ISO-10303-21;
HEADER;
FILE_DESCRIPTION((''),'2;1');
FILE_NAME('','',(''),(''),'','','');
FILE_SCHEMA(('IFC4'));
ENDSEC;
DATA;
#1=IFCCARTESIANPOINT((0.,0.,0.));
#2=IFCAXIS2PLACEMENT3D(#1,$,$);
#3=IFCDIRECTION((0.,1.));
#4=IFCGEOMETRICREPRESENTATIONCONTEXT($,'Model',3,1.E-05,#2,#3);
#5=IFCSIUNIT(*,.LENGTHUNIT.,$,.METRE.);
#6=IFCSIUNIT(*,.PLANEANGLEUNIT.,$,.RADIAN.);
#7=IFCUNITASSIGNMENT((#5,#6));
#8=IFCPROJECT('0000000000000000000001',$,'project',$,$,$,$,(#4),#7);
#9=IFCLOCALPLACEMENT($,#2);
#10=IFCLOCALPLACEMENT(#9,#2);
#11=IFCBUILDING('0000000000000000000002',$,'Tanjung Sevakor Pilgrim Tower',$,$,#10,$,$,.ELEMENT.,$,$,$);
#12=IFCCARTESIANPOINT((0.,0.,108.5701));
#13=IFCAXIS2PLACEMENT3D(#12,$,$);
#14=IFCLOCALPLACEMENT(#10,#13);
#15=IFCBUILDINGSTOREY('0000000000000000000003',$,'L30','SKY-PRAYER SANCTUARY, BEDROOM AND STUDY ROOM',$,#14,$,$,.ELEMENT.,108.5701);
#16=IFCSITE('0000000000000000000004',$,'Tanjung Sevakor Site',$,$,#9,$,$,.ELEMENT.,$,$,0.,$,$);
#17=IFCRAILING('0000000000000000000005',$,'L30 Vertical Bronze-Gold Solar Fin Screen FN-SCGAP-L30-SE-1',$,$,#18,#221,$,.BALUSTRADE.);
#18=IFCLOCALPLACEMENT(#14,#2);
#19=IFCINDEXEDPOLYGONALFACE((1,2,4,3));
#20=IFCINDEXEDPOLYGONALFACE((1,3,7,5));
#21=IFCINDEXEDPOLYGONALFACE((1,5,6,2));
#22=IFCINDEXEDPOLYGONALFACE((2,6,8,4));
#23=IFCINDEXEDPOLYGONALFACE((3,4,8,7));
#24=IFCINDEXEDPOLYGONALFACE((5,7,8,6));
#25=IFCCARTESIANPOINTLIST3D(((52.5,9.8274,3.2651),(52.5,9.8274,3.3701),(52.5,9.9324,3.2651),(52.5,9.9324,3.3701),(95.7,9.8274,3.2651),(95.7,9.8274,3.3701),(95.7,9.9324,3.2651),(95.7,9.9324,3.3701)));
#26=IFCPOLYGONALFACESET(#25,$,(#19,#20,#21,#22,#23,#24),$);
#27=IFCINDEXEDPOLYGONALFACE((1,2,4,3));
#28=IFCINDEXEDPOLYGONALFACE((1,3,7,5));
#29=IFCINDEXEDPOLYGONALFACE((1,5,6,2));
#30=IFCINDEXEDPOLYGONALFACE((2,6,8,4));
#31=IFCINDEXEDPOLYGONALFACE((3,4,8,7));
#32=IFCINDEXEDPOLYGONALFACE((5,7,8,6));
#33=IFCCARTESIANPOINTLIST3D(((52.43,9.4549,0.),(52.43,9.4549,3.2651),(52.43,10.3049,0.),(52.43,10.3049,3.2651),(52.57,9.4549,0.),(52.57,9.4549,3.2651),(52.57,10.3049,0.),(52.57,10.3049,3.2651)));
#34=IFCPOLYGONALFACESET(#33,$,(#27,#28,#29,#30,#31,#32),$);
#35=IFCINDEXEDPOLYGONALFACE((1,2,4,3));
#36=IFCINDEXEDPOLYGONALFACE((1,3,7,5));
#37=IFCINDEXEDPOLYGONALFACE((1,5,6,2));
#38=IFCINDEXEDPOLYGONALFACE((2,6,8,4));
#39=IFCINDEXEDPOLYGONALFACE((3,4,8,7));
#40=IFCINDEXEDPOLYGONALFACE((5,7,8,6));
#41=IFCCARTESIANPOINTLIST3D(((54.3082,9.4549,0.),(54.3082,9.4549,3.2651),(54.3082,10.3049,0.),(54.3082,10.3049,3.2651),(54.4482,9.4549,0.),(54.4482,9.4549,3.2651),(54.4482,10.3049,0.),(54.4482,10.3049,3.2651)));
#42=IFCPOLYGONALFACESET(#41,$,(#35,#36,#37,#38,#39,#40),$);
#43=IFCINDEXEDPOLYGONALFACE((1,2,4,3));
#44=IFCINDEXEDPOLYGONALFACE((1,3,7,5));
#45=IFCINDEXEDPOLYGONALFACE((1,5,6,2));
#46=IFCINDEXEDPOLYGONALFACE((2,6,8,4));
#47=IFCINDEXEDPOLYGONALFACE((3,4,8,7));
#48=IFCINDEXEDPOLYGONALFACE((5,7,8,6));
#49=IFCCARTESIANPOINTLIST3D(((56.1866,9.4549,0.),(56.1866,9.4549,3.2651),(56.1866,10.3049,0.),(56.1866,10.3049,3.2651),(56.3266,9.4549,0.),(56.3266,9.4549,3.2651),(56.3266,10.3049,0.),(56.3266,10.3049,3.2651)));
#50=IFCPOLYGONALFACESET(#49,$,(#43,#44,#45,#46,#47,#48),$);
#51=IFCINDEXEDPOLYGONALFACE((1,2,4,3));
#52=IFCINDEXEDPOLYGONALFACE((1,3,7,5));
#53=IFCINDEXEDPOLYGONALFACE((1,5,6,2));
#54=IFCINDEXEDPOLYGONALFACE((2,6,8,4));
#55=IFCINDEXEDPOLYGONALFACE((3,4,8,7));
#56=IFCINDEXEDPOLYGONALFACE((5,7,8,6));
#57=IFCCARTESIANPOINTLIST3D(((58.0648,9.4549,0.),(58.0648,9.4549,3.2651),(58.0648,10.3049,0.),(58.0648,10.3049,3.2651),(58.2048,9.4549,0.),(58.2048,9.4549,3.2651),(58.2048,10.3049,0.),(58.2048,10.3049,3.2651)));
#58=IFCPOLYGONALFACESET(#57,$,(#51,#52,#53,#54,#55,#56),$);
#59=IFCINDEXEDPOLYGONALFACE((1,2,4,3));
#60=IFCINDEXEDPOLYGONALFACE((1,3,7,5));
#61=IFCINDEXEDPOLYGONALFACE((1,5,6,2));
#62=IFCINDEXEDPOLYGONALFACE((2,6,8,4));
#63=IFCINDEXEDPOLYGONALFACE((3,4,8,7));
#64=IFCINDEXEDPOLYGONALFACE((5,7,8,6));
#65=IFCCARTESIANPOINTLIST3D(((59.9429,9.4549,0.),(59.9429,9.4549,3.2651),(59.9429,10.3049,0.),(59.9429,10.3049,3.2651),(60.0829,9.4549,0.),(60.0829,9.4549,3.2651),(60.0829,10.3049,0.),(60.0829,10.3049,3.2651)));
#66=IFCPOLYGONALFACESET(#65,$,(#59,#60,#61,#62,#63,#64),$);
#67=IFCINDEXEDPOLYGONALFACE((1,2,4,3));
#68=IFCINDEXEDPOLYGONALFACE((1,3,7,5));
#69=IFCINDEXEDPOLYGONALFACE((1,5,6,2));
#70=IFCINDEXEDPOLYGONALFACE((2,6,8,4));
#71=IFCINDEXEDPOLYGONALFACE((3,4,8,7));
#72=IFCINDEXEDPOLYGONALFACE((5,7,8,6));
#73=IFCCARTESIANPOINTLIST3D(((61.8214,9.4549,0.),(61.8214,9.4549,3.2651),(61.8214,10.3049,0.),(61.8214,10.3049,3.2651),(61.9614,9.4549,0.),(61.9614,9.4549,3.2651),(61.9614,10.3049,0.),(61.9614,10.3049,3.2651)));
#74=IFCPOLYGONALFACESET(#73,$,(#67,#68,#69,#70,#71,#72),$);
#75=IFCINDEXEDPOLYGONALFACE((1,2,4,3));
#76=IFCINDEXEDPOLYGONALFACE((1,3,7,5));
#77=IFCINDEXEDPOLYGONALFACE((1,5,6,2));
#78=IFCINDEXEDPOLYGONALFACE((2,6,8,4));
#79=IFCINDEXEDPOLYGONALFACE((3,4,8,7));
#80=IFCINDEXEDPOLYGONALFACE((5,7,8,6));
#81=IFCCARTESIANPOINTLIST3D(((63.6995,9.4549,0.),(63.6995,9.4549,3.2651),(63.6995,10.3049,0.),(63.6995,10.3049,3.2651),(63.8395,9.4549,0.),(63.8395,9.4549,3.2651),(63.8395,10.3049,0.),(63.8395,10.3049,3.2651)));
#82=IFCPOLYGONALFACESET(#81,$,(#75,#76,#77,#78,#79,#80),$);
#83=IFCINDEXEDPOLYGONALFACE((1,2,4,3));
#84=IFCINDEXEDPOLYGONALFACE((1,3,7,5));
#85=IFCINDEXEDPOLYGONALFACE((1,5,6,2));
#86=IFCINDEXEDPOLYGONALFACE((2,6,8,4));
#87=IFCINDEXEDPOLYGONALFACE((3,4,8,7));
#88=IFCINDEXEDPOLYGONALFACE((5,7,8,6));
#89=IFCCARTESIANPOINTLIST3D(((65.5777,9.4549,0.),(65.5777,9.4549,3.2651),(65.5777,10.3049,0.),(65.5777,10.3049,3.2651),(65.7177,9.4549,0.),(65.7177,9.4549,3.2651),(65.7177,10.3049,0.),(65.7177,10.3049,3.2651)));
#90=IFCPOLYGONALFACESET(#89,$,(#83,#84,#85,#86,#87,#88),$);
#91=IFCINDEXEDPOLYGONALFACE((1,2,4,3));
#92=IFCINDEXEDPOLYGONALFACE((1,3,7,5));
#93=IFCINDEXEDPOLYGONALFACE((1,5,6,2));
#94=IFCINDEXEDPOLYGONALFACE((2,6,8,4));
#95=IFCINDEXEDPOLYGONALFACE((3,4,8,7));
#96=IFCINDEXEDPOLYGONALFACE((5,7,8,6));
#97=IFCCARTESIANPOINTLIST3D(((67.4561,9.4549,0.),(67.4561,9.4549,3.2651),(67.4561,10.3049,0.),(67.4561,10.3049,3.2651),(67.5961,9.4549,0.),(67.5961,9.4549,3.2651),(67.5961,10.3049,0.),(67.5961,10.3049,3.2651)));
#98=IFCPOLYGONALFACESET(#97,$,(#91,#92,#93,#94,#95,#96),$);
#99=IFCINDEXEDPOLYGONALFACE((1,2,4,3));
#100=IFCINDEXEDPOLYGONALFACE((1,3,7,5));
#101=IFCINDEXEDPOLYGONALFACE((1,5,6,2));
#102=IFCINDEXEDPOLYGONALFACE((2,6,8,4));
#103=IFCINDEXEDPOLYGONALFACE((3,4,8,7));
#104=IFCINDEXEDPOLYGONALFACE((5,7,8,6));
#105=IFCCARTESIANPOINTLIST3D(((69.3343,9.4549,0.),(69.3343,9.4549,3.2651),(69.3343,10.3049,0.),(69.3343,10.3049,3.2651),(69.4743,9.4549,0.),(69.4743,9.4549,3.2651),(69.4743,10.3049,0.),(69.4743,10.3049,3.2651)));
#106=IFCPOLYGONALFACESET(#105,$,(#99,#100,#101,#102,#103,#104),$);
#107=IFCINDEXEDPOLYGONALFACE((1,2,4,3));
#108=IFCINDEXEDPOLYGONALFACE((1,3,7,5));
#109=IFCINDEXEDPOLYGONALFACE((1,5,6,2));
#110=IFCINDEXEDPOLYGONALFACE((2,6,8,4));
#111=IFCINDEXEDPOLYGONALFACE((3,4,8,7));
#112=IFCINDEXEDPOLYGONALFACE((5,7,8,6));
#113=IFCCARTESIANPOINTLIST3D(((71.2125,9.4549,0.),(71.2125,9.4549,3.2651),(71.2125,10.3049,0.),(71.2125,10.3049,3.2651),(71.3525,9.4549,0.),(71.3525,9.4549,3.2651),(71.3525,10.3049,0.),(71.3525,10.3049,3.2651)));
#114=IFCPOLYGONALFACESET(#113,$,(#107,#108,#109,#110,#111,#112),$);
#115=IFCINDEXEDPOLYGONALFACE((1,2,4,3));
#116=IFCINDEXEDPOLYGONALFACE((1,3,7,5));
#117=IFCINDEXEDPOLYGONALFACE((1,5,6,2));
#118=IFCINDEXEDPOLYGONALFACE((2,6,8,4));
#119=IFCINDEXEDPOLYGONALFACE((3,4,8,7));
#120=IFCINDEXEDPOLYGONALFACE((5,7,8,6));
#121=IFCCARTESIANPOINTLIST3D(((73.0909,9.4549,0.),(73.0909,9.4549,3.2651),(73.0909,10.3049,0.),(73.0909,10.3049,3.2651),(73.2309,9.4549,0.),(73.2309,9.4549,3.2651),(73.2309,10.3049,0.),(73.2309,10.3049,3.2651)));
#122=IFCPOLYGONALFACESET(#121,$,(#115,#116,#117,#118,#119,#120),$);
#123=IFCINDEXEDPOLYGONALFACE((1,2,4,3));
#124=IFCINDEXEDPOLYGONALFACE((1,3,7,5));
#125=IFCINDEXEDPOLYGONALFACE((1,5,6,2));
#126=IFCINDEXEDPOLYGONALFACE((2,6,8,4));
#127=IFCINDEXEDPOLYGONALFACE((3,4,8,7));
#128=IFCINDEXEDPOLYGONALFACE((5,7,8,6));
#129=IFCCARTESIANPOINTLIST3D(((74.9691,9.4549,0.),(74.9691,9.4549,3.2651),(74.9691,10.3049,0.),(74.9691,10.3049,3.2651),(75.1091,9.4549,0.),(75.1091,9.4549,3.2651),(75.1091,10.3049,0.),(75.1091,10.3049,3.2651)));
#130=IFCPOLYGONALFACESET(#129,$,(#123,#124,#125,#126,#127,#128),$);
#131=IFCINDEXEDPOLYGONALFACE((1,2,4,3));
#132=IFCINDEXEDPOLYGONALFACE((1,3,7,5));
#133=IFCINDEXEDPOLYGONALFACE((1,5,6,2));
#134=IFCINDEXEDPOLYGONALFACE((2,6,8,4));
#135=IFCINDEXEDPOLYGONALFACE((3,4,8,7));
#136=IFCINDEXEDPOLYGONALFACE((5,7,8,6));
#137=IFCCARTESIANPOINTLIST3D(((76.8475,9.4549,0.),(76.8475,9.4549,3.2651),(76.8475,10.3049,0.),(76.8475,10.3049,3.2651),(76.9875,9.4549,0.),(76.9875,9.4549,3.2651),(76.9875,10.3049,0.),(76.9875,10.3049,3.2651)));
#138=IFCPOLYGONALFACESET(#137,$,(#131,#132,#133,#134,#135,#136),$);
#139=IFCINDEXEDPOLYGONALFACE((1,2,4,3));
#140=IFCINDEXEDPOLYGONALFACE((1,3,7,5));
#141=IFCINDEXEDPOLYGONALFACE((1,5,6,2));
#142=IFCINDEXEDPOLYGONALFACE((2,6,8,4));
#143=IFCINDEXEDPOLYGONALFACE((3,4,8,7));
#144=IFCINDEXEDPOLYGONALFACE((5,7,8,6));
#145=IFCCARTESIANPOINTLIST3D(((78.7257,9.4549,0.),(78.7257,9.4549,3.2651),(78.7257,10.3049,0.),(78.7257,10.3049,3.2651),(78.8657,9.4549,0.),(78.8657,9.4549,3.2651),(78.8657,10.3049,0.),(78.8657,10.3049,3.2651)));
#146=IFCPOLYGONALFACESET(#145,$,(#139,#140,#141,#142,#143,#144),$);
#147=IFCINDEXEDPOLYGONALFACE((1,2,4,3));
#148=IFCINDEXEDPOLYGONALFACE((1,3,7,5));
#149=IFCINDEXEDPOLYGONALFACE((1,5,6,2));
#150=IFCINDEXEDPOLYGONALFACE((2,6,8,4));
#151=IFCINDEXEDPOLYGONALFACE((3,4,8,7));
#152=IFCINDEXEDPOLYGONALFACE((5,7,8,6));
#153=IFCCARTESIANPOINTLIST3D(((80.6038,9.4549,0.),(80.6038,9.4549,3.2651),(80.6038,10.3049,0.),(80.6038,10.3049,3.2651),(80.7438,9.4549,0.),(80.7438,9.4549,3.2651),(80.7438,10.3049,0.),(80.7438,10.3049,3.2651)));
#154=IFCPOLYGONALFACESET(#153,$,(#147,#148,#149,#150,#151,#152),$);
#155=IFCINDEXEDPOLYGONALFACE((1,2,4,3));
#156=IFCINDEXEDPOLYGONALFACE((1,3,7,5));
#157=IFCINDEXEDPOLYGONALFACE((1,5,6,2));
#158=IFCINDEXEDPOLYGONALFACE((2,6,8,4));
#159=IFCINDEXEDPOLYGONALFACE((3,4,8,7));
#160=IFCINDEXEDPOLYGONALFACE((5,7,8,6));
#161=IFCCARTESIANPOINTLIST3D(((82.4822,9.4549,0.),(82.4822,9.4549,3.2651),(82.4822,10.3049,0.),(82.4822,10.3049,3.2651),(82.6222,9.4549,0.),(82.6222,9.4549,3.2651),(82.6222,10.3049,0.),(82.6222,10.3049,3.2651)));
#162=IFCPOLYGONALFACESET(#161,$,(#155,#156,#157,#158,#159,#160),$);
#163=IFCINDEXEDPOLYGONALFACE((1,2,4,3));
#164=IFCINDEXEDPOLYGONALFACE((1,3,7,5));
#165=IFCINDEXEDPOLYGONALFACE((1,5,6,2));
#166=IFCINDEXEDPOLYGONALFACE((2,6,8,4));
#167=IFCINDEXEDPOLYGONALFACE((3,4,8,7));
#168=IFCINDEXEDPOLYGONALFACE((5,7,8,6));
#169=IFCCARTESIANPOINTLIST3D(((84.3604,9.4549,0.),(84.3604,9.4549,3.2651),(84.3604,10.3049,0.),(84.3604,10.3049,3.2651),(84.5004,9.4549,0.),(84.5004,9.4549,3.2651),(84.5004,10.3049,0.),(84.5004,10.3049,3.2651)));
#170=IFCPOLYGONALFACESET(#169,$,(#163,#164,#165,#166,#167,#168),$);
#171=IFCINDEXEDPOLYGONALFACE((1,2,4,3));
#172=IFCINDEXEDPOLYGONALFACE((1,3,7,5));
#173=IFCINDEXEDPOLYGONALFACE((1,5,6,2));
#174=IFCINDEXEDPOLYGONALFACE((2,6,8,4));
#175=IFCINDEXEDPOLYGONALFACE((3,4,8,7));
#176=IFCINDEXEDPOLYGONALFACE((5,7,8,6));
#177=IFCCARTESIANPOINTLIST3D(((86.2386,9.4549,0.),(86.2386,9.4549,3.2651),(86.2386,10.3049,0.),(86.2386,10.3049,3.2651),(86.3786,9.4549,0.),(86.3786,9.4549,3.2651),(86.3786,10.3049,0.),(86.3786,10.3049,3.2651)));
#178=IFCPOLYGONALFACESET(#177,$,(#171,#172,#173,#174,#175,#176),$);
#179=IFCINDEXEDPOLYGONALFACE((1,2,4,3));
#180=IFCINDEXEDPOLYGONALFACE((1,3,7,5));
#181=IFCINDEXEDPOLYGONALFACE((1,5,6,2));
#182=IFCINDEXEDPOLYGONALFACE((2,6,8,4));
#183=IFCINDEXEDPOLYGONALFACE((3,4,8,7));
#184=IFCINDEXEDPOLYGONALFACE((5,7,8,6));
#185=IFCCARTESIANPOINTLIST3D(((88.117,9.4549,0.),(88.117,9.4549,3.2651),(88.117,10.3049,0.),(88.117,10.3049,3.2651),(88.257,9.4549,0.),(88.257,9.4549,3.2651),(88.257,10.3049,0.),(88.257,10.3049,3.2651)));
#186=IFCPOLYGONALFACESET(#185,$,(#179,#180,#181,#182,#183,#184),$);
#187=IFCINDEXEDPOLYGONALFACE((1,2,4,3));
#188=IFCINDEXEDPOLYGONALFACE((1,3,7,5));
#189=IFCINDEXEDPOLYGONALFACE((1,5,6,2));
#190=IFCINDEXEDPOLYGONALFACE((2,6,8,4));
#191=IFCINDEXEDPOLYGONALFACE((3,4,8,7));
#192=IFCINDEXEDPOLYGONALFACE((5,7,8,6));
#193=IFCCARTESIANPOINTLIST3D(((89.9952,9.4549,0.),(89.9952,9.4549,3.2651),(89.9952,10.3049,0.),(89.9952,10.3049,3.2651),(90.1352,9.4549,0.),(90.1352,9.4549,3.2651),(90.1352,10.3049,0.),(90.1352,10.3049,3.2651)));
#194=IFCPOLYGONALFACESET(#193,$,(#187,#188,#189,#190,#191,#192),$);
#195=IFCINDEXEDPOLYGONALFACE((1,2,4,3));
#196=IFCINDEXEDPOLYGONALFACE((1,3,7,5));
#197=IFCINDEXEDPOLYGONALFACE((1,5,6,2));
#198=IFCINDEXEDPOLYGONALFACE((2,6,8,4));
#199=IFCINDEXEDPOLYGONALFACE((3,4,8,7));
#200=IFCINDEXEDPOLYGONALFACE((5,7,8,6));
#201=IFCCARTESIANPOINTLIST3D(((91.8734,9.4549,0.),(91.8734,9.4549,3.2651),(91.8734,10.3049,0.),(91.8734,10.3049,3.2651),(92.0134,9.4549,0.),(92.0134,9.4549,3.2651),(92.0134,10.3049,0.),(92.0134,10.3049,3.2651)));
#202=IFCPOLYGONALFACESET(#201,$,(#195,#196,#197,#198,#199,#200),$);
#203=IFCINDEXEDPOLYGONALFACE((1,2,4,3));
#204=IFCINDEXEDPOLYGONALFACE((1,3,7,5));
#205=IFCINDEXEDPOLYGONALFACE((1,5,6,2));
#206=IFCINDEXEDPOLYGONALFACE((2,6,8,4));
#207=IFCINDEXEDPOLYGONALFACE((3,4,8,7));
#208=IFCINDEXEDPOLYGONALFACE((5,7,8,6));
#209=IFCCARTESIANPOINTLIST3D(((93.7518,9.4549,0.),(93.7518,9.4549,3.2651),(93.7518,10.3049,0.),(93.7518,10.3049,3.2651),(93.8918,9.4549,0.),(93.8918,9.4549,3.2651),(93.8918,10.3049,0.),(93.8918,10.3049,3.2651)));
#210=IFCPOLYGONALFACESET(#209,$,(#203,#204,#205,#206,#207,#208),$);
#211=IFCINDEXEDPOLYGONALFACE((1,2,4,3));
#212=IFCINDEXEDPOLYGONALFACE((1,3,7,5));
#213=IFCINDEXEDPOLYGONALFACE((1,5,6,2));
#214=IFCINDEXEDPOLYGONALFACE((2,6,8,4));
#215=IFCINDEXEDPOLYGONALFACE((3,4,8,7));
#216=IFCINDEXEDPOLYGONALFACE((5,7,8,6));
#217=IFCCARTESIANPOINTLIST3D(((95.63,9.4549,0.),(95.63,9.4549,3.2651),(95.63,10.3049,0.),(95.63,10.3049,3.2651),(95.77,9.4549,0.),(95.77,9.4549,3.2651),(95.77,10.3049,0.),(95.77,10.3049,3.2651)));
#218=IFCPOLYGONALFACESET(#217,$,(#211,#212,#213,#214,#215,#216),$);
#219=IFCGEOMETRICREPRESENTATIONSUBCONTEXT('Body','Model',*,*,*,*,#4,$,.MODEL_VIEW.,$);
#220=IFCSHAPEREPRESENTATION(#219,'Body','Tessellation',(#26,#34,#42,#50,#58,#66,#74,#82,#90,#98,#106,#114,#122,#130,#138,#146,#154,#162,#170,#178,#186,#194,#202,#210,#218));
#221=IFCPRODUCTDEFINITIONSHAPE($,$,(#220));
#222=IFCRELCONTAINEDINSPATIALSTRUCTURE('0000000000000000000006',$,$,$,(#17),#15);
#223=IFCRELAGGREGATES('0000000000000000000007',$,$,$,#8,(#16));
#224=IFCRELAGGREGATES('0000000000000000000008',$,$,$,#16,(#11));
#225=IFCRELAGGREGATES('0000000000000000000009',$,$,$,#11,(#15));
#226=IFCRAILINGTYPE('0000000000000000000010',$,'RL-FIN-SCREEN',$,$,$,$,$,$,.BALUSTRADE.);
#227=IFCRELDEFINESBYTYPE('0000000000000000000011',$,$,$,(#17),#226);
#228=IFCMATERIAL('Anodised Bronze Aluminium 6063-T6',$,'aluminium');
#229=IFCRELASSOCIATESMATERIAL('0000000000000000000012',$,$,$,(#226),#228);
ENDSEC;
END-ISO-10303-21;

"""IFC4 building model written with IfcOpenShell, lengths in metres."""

from ifc_helpers import new_model, si_unit, direction, frame, origin, place, context, subcontext, project, spatial, rectangle, extrude, material, type_object, element, save


model = new_model("IFC4")

# Units and contexts
model_context = context("Model", 3, precision=1e-05, world=origin(), true_north=direction((0.0, 1.0)))
body_context = subcontext(model_context, "Body", "Model", "MODEL_VIEW")
ifc_project = project(units=[si_unit("LENGTHUNIT", "METRE"), si_unit("PLANEANGLEUNIT", "RADIAN")], contexts=[model_context])

# Site, building, storey
site_placement = place(None, origin())
site = spatial("IfcSite", under=ifc_project, at=site_placement, Name="Tanjung Sevakor Site", CompositionType="ELEMENT", RefElevation=0.0)
building_placement = place(site_placement, origin())
building = spatial("IfcBuilding", under=site, at=building_placement, Name="Tanjung Sevakor Pilgrim Tower", CompositionType="ELEMENT")
storey_placement = place(building_placement, frame((0.0, 0.0, 108.5701)))
storey = spatial("IfcBuildingStorey", under=building, at=storey_placement, Name="L30", Description="SKY-PRAYER SANCTUARY, BEDROOM AND STUDY ROOM", CompositionType="ELEMENT", Elevation=108.5701)

# Railing
ifc_material_1 = material(Name="Anodised Bronze Aluminium 6063-T6", Category="aluminium")
railing_type_1 = type_object("IfcRailingType", Name="RL-FIN-SCREEN", PredefinedType="BALUSTRADE", material=ifc_material_1)
railing_1_placement = place(storey_placement, frame((52.5, 9.8799, 0.0)))
element("IfcRailing", 1, at=railing_1_placement, inside=storey, type_object=railing_type_1, Name="L30 Vertical Bronze-Gold Solar Fin Screen FN-SCGAP-L30-SE-1", PredefinedType="BALUSTRADE", context=body_context, shape_type="SweptSolid", body=[
    extrude(rectangle(XDim=0.105, YDim=0.105), frame((0.0, 0.0, 3.3176), z_axis=(1.0, 0.0, 0.0), x_axis=(0.0, 1.0, 0.0)), (0.0, 0.0, 1.0), 43.2),
    extrude(rectangle(XDim=0.14, YDim=0.85), origin(), (0.0, 0.0, 1.0), 3.2651),
    extrude(rectangle(XDim=0.14, YDim=0.85), frame((1.8782, 0.0, 0.0)), (0.0, 0.0, 1.0), 3.2651),
    extrude(rectangle(XDim=0.14, YDim=0.85), frame((3.7566, 0.0, 0.0)), (0.0, 0.0, 1.0), 3.2651),
    extrude(rectangle(XDim=0.14, YDim=0.85), frame((5.6348, 0.0, 0.0)), (0.0, 0.0, 1.0), 3.2651),
    extrude(rectangle(XDim=0.14, YDim=0.85), frame((7.5129, 0.0, 0.0)), (0.0, 0.0, 1.0), 3.2651),
    extrude(rectangle(XDim=0.14, YDim=0.85), frame((9.3914, 0.0, 0.0)), (0.0, 0.0, 1.0), 3.2651),
    extrude(rectangle(XDim=0.14, YDim=0.85), frame((11.2695, 0.0, 0.0)), (0.0, 0.0, 1.0), 3.2651),
    extrude(rectangle(XDim=0.14, YDim=0.85), frame((13.1477, 0.0, 0.0)), (0.0, 0.0, 1.0), 3.2651),
    extrude(rectangle(XDim=0.14, YDim=0.85), frame((15.0261, 0.0, 0.0)), (0.0, 0.0, 1.0), 3.2651),
    extrude(rectangle(XDim=0.14, YDim=0.85), frame((16.9043, 0.0, 0.0)), (0.0, 0.0, 1.0), 3.2651),
    extrude(rectangle(XDim=0.14, YDim=0.85), frame((18.7825, 0.0, 0.0)), (0.0, 0.0, 1.0), 3.2651),
    extrude(rectangle(XDim=0.14, YDim=0.85), frame((20.6609, 0.0, 0.0)), (0.0, 0.0, 1.0), 3.2651),
    extrude(rectangle(XDim=0.14, YDim=0.85), frame((22.5391, 0.0, 0.0)), (0.0, 0.0, 1.0), 3.2651),
    extrude(rectangle(XDim=0.14, YDim=0.85), frame((24.4175, 0.0, 0.0)), (0.0, 0.0, 1.0), 3.2651),
    extrude(rectangle(XDim=0.14, YDim=0.85), frame((26.2957, 0.0, 0.0)), (0.0, 0.0, 1.0), 3.2651),
    extrude(rectangle(XDim=0.14, YDim=0.85), frame((28.1738, 0.0, 0.0)), (0.0, 0.0, 1.0), 3.2651),
    extrude(rectangle(XDim=0.14, YDim=0.85), frame((30.0522, 0.0, 0.0)), (0.0, 0.0, 1.0), 3.2651),
    extrude(rectangle(XDim=0.14, YDim=0.85), frame((31.9304, 0.0, 0.0)), (0.0, 0.0, 1.0), 3.2651),
    extrude(rectangle(XDim=0.14, YDim=0.85), frame((33.8086, 0.0, 0.0)), (0.0, 0.0, 1.0), 3.2651),
    extrude(rectangle(XDim=0.14, YDim=0.85), frame((35.687, 0.0, 0.0)), (0.0, 0.0, 1.0), 3.2651),
    extrude(rectangle(XDim=0.14, YDim=0.85), frame((37.5652, 0.0, 0.0)), (0.0, 0.0, 1.0), 3.2651),
    extrude(rectangle(XDim=0.14, YDim=0.85), frame((39.4434, 0.0, 0.0)), (0.0, 0.0, 1.0), 3.2651),
    extrude(rectangle(XDim=0.14, YDim=0.85), frame((41.3218, 0.0, 0.0)), (0.0, 0.0, 1.0), 3.2651),
    extrude(rectangle(XDim=0.14, YDim=0.85), frame((43.2, 0.0, 0.0)), (0.0, 0.0, 1.0), 3.2651),
])

save(model, "model.ifc")
